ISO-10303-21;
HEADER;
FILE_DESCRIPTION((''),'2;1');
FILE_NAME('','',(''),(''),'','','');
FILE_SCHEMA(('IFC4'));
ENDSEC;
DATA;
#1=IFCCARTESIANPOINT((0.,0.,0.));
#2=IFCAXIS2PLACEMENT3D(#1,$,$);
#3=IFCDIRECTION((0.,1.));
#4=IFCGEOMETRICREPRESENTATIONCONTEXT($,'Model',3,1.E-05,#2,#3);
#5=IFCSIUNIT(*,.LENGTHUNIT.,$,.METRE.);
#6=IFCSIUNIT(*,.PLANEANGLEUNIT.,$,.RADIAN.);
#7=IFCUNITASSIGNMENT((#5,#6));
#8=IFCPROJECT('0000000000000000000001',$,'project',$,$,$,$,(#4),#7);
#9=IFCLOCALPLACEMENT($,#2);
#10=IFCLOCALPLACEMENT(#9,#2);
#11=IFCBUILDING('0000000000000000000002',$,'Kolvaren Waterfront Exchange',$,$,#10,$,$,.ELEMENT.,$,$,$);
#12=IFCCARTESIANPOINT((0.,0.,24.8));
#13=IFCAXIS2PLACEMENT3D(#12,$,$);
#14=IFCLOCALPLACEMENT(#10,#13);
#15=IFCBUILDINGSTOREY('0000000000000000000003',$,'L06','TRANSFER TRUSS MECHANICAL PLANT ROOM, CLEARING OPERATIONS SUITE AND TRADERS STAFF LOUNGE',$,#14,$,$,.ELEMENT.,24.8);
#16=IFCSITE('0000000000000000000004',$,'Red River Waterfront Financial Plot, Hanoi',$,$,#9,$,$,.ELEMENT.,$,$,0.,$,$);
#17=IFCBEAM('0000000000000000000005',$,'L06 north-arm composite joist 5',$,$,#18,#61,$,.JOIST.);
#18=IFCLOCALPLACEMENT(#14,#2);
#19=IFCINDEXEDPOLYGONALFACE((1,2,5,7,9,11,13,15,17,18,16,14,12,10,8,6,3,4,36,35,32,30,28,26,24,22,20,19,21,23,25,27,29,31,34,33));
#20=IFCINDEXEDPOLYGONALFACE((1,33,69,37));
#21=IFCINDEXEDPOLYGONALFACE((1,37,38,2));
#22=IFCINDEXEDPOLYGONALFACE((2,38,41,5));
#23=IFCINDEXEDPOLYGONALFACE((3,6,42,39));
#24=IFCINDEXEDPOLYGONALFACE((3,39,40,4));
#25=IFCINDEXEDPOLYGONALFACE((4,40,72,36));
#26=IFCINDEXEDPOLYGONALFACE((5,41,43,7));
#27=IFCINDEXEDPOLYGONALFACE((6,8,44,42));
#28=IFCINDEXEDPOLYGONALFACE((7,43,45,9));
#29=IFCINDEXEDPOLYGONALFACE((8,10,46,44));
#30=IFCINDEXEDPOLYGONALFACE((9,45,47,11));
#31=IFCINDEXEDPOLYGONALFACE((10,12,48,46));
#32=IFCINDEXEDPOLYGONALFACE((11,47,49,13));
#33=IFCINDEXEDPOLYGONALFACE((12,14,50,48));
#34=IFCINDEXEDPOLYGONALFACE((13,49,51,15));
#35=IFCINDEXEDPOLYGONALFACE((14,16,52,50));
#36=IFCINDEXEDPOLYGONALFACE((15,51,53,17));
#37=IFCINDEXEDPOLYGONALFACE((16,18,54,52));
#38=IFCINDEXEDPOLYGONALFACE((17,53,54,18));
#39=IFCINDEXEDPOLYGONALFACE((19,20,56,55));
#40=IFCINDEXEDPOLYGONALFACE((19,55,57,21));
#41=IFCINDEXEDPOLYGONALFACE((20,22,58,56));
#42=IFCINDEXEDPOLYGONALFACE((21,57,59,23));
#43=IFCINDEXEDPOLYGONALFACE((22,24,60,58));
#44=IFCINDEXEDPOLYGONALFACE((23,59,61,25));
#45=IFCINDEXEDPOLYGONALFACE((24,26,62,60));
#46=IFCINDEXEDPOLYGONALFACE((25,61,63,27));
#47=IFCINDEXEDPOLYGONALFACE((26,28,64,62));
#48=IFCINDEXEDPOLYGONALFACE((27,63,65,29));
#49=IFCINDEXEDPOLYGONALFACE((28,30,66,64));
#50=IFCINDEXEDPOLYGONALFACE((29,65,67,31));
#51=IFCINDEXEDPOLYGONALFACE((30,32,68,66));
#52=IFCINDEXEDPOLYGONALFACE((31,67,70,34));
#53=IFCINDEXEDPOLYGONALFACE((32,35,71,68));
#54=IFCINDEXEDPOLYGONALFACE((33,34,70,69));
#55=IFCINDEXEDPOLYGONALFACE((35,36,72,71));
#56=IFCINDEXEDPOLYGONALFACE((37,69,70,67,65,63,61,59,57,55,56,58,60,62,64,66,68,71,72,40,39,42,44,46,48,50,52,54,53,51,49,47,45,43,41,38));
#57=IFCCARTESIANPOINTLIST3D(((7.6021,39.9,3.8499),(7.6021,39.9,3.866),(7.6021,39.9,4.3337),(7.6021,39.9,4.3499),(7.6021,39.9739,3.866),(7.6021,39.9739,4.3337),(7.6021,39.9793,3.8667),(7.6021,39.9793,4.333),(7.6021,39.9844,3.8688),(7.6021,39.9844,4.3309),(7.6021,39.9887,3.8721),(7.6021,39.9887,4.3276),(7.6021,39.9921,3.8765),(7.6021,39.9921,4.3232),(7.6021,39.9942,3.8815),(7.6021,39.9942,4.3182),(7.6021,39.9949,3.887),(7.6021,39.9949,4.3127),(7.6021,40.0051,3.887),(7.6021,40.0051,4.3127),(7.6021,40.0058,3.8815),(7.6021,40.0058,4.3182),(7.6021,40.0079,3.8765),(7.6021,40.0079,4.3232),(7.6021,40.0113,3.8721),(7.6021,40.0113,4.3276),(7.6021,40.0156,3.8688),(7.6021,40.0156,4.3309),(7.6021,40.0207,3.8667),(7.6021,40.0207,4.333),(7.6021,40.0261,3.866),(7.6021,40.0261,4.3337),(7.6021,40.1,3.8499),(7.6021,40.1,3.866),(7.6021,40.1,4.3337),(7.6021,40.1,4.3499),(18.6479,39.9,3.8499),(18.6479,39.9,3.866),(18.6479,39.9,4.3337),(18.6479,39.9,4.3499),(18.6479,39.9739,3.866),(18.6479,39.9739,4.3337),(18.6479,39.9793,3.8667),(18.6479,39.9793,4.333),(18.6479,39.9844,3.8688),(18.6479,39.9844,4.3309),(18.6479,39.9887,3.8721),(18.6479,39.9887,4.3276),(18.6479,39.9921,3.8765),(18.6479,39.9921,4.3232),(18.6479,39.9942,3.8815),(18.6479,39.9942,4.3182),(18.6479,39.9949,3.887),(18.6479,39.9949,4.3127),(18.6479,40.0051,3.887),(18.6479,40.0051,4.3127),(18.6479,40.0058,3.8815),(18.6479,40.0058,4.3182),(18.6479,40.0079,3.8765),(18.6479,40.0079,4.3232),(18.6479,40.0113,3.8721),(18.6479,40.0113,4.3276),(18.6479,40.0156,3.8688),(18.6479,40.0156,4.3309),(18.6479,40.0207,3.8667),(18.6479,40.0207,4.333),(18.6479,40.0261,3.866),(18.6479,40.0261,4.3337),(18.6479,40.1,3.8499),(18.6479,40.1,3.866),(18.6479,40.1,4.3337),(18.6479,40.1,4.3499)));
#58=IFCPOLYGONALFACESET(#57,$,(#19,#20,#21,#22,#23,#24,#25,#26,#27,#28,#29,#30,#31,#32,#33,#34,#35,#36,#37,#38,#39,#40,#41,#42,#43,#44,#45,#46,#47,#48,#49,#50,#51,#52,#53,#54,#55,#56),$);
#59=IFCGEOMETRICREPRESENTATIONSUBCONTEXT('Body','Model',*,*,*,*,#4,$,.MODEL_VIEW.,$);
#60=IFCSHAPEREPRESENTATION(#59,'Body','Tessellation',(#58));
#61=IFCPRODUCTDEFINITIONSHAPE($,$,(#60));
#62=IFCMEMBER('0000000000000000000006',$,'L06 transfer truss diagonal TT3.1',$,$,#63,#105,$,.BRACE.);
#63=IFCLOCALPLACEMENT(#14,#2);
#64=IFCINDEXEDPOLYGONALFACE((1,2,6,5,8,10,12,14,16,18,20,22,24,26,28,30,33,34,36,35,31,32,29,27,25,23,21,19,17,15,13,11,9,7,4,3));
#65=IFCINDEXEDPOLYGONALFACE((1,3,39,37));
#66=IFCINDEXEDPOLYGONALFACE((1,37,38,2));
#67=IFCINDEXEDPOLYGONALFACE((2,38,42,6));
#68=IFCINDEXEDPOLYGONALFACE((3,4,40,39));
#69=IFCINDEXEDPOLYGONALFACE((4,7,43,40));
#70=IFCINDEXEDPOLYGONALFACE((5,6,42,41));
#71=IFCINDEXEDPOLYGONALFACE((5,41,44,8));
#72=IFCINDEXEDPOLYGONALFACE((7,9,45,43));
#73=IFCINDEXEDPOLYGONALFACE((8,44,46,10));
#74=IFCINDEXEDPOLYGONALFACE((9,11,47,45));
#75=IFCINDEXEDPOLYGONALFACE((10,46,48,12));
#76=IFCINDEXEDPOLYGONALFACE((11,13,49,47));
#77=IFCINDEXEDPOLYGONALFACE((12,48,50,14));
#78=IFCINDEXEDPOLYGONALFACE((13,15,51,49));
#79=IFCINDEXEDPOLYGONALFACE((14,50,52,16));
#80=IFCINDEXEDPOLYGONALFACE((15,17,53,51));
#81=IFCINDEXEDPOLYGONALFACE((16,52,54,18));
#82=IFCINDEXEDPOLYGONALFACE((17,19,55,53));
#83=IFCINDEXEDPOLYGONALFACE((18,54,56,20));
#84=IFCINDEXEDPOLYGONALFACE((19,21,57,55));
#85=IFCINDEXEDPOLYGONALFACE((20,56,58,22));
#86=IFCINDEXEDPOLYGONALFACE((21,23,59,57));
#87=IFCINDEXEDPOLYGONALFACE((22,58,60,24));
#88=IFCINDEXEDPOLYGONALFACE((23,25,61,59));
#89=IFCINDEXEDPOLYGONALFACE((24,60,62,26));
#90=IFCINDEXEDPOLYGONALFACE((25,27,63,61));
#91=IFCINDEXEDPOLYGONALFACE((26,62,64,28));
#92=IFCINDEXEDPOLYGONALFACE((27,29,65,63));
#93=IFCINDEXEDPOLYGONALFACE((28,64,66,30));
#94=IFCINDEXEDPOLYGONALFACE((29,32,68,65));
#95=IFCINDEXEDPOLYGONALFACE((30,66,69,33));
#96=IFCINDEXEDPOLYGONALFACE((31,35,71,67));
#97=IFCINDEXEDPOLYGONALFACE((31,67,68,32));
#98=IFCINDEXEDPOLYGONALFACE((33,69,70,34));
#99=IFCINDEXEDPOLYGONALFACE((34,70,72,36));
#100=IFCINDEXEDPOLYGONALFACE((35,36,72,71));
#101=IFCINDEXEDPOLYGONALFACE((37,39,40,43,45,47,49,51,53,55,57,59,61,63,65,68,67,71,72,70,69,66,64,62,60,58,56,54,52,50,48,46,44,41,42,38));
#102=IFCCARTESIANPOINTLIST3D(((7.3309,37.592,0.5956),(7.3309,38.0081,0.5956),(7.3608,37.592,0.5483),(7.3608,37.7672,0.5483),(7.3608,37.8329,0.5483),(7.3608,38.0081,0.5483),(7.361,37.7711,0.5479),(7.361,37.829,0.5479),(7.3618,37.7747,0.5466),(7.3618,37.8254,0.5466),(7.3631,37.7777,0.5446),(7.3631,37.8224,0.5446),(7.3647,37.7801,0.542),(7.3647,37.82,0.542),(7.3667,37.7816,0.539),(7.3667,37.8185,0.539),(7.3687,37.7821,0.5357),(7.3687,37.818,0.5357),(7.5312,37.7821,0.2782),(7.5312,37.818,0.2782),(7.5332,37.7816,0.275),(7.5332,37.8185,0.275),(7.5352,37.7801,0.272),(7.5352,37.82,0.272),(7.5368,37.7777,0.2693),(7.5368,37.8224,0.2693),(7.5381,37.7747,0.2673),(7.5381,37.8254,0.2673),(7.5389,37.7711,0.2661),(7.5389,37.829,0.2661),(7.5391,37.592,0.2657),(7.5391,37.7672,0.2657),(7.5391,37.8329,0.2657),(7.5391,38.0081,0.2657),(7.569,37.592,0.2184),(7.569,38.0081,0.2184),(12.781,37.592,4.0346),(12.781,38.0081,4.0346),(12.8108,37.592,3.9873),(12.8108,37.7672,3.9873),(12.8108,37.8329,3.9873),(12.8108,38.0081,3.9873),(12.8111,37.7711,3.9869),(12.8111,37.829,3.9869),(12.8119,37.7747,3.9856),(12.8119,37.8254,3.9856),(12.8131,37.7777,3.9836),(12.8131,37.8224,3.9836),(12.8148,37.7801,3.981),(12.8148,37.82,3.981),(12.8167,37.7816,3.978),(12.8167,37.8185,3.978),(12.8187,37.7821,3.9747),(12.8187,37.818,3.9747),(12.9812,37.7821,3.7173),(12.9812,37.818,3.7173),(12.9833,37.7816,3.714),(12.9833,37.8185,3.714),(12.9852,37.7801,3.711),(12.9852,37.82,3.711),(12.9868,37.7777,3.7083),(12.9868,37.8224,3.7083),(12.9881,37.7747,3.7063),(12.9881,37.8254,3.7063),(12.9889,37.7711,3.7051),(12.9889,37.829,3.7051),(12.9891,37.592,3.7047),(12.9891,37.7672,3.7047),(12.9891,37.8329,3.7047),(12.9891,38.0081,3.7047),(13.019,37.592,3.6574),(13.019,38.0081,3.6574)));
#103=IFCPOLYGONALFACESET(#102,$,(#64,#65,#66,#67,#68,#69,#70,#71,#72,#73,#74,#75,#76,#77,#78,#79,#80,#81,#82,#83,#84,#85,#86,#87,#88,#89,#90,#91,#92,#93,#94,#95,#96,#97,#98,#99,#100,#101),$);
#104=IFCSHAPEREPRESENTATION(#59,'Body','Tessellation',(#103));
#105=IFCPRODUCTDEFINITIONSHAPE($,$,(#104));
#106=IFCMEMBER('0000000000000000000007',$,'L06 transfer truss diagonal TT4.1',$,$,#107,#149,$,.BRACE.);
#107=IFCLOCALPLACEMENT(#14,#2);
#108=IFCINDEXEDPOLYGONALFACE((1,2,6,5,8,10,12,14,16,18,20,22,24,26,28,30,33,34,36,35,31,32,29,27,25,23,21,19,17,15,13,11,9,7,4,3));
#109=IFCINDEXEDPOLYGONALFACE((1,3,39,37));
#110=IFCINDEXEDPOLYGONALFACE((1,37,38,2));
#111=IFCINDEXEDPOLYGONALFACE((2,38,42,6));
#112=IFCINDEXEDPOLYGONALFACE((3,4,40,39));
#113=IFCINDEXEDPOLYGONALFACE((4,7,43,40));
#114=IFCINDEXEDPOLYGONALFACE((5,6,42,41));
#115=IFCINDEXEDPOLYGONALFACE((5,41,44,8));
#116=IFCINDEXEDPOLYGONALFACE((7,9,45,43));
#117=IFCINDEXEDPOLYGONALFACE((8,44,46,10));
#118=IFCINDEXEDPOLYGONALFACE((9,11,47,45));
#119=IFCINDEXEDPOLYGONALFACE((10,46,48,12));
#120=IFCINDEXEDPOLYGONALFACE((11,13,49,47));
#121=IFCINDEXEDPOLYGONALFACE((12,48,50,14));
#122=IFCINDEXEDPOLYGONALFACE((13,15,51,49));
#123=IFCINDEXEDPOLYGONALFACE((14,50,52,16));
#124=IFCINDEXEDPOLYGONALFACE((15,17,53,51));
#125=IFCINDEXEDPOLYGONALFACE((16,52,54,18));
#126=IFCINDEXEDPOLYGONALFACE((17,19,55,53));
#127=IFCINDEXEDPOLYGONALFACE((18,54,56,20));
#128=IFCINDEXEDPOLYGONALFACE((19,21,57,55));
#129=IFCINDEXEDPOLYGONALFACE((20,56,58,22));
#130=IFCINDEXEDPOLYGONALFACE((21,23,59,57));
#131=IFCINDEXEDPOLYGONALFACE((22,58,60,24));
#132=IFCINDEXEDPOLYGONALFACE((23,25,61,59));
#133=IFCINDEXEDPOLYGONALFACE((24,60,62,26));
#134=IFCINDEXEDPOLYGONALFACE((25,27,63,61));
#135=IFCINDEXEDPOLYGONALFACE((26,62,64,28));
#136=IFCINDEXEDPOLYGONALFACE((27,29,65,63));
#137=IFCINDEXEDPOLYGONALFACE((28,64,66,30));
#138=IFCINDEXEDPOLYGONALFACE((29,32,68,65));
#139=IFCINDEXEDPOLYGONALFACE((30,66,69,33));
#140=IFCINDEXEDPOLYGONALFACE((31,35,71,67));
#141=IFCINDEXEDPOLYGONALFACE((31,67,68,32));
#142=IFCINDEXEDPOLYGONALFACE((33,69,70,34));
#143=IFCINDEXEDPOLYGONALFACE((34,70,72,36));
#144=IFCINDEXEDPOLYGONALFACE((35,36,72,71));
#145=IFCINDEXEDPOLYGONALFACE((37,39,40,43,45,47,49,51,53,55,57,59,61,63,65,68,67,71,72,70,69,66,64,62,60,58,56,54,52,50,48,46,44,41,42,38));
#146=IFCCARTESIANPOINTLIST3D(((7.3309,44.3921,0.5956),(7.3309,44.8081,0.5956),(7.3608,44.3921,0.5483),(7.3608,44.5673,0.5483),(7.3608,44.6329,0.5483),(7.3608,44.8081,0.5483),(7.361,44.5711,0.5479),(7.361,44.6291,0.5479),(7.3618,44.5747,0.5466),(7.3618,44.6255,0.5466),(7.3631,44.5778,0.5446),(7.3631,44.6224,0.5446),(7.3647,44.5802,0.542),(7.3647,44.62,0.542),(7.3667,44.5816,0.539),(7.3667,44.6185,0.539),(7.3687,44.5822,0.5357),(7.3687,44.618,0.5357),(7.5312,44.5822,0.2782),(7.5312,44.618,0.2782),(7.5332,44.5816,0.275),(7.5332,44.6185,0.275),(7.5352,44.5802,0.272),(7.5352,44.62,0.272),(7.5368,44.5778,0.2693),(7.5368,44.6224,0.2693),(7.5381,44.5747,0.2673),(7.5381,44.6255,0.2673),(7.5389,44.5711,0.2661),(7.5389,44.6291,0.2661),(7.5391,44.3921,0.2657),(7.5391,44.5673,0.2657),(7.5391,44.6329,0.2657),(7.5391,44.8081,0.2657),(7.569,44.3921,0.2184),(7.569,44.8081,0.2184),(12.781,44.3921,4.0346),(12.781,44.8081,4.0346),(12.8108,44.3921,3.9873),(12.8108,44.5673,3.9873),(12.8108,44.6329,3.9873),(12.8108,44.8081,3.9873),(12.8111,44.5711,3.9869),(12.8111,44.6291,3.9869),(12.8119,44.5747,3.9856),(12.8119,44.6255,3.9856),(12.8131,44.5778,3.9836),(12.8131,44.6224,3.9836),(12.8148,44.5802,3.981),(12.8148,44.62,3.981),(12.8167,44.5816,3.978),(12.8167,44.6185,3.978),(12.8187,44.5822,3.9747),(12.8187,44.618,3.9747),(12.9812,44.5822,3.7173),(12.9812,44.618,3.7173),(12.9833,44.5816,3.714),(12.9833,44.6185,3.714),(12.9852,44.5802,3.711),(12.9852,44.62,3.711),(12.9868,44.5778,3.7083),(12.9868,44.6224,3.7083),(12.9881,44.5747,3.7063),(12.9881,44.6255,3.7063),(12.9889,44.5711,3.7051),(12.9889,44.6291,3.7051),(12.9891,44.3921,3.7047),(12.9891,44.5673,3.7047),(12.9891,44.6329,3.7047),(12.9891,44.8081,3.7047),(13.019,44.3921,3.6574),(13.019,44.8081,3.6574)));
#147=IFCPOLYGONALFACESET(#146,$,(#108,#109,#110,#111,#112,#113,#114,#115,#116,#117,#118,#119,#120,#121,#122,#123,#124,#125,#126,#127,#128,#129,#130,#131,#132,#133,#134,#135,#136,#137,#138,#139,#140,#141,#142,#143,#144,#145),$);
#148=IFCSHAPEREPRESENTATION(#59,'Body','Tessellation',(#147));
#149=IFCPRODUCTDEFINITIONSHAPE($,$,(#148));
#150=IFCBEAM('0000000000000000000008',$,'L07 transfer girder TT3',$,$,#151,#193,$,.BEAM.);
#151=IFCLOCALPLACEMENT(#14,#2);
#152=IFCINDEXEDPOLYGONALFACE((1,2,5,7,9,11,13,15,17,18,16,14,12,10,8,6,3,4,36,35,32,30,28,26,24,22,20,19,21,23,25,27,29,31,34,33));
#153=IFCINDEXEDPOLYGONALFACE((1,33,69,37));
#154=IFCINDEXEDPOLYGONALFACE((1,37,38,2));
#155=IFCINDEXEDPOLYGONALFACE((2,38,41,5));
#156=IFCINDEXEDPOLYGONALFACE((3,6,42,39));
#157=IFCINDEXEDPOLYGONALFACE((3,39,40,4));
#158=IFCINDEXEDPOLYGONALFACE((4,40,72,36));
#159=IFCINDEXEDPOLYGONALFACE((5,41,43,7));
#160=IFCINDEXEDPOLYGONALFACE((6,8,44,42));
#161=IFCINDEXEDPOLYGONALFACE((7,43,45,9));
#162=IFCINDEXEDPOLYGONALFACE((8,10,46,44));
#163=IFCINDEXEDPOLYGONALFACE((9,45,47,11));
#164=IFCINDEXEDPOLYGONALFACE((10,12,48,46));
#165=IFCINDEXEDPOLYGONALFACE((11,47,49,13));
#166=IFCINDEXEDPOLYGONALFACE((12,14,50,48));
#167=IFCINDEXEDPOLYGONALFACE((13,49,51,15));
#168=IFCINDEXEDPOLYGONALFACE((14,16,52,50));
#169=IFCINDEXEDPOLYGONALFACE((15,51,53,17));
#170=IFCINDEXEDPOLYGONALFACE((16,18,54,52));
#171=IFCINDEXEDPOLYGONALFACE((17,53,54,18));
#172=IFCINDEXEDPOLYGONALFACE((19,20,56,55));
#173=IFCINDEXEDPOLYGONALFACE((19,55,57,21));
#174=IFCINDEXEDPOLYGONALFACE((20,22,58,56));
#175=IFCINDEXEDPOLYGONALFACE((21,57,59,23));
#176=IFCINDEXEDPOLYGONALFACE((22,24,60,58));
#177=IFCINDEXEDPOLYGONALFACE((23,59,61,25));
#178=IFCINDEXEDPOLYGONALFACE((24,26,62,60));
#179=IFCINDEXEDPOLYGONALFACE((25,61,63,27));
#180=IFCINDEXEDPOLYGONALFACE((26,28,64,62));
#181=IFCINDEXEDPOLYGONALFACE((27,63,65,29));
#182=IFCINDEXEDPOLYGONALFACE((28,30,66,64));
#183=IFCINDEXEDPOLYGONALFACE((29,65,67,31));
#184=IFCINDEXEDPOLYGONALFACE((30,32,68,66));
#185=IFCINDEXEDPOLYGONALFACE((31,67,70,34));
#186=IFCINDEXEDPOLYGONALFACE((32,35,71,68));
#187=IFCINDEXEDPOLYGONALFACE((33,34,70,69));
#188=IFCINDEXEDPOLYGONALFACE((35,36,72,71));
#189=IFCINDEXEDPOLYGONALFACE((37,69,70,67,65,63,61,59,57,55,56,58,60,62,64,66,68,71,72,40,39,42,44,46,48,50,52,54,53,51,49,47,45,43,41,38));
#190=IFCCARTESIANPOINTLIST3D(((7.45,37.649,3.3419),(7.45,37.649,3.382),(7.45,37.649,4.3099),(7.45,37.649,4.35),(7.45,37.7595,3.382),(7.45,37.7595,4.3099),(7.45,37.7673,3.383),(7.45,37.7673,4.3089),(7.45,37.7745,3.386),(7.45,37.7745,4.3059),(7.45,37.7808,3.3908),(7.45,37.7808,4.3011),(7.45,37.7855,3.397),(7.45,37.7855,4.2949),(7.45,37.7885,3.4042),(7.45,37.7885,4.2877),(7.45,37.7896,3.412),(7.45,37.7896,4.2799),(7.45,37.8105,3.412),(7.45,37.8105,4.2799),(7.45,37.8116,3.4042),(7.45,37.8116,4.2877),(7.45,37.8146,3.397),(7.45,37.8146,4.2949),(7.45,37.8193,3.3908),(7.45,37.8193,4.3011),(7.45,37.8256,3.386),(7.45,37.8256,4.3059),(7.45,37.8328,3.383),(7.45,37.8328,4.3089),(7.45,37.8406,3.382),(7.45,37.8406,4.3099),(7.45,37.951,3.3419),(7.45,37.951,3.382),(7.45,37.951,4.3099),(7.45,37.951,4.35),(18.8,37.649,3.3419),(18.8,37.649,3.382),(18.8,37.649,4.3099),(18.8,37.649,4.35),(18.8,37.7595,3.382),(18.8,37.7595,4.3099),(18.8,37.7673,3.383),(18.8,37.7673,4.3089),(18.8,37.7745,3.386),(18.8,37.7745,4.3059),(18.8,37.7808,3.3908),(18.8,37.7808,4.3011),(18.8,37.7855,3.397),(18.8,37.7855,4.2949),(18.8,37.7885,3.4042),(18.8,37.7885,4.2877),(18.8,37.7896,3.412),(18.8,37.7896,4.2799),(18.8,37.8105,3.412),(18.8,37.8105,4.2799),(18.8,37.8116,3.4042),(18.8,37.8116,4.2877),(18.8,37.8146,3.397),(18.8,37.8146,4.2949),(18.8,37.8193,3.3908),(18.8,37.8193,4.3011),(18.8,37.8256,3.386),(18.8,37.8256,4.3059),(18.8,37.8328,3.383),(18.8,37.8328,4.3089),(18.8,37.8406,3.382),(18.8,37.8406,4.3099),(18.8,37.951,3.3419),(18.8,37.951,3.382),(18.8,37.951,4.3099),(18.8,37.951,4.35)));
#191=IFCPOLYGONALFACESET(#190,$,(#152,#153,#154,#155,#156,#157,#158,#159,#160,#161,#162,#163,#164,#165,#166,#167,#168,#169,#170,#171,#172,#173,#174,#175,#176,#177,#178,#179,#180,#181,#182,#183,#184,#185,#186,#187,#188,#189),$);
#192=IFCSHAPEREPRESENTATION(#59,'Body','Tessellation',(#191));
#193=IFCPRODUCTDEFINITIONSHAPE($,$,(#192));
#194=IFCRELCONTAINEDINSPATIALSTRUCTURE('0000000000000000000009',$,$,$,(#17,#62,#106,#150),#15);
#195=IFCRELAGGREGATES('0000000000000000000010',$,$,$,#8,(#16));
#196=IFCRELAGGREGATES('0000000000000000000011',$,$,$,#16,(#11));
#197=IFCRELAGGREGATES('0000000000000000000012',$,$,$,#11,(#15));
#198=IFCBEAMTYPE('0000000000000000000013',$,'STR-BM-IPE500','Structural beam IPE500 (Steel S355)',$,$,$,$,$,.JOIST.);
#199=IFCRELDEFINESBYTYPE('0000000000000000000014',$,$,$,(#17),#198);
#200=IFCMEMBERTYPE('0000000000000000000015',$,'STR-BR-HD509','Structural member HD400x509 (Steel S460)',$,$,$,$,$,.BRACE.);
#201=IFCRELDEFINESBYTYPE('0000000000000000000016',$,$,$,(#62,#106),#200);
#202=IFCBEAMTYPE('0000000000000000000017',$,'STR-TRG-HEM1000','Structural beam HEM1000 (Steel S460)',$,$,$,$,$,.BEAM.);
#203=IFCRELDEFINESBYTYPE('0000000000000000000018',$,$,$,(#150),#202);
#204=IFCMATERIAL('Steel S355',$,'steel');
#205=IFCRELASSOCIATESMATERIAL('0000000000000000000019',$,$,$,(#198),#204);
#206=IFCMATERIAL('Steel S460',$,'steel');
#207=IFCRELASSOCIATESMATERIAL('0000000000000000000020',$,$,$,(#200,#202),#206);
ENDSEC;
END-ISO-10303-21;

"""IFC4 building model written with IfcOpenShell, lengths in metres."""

from ifc_helpers import new_model, si_unit, direction, frame, origin, origin_2d, place, context, subcontext, project, spatial, i_section, extrude, material, material_profile, profile_set, type_object, element, save


model = new_model("IFC4")

# Units and contexts
model_context = context("Model", 3, precision=1e-05, world=origin(), true_north=direction((0.0, 1.0)))
body_context = subcontext(model_context, "Body", "Model", "MODEL_VIEW")
ifc_project = project(units=[si_unit("LENGTHUNIT", "METRE"), si_unit("PLANEANGLEUNIT", "RADIAN")], contexts=[model_context])

# Site, building, storey
site_placement = place(None, origin())
site = spatial("IfcSite", under=ifc_project, at=site_placement, Name="Red River Waterfront Financial Plot, Hanoi", CompositionType="ELEMENT", RefElevation=0.0)
building_placement = place(site_placement, origin())
building = spatial("IfcBuilding", under=site, at=building_placement, Name="Kolvaren Waterfront Exchange", CompositionType="ELEMENT")
storey_placement = place(building_placement, frame((0.0, 0.0, 24.8)))
storey = spatial("IfcBuildingStorey", under=building, at=storey_placement, Name="L06", Description="TRANSFER TRUSS MECHANICAL PLANT ROOM, CLEARING OPERATIONS SUITE AND TRADERS STAFF LOUNGE", CompositionType="ELEMENT", Elevation=24.8)

# Beam
ifc_material_1 = material(Name="Steel S355", Category="steel")
ifc_material_profile_1 = material_profile(ifc_material_1, i_section(OverallWidth=0.2, OverallDepth=0.5, WebThickness=0.0103, FlangeThickness=0.0161, FilletRadius=0.021, at=origin_2d()), Name="IPE500")
ifc_profile_set_1 = profile_set([ifc_material_profile_1], Name="Steel S355")
beam_type_1 = type_object("IfcBeamType", Name="STR-BM-IPE500", Description="Structural beam IPE500 (Steel S355)", PredefinedType="JOIST", material=ifc_profile_set_1)
for number, where, z_axis, x_axis, name in (
    (1, (7.6021, 40.0, 4.0999), (1.0, 0.0, 0.0), (0.0, 1.0, 0.0), "L06 north-arm composite joist 5"),
):
    element("IfcBeam", number, at=place(storey_placement, frame(where, z_axis=z_axis, x_axis=x_axis)), inside=storey, type_object=beam_type_1, Name=name, PredefinedType="JOIST", context=body_context, shape_type="SweptSolid", body=[
        extrude(i_section(OverallWidth=0.2, OverallDepth=0.5, WebThickness=0.0103, FlangeThickness=0.0161, FilletRadius=0.021, at=origin_2d()), origin(), (0.0, 0.0, 1.0), 11.0459),
    ])

# Members
ifc_material_2 = material(Name="Steel S460", Category="steel")
ifc_material_profile_2 = material_profile(ifc_material_2, i_section(OverallWidth=0.416, OverallDepth=0.446, WebThickness=0.0359, FlangeThickness=0.0559, FilletRadius=0.0149, at=origin_2d()), Name="HD400x509")
ifc_profile_set_2 = profile_set([ifc_material_profile_2], Name="Steel S460")
member_type_1 = type_object("IfcMemberType", Name="STR-BR-HD509", Description="Structural member HD400x509 (Steel S460)", PredefinedType="BRACE", material=ifc_profile_set_2)
for number, where, z_axis, x_axis, name in (
    (2, (7.45, 37.8, 0.407), (0.845707, 0.0, 0.533648), (0.0, 1.0, 0.0), "L06 transfer truss diagonal TT3.1"),
    (3, (7.45, 44.6001, 0.407), (0.845707, 0.0, 0.533648), (0.0, 1.0, 0.0), "L06 transfer truss diagonal TT4.1"),
):
    element("IfcMember", number, at=place(storey_placement, frame(where, z_axis=z_axis, x_axis=x_axis)), inside=storey, type_object=member_type_1, Name=name, PredefinedType="BRACE", context=body_context, shape_type="SweptSolid", body=[
        extrude(i_section(OverallWidth=0.416, OverallDepth=0.446, WebThickness=0.0359, FlangeThickness=0.0559, FilletRadius=0.0149, at=origin_2d()), origin(), (0.0, 0.0, 1.0), 6.4443),
    ])

# Beam
ifc_material_profile_3 = material_profile(ifc_material_2, i_section(OverallWidth=0.302, OverallDepth=1.0081, WebThickness=0.021, FlangeThickness=0.04, FilletRadius=0.03, at=origin_2d()), Name="HEM1000")
ifc_profile_set_3 = profile_set([ifc_material_profile_3], Name="Steel S460")
beam_type_2 = type_object("IfcBeamType", Name="STR-TRG-HEM1000", Description="Structural beam HEM1000 (Steel S460)", PredefinedType="BEAM", material=ifc_profile_set_3)
for number, where, z_axis, x_axis, name in (
    (4, (7.45, 37.8, 3.8459), (1.0, 0.0, 0.0), (0.0, 1.0, 0.0), "L07 transfer girder TT3"),
):
    element("IfcBeam", number, at=place(storey_placement, frame(where, z_axis=z_axis, x_axis=x_axis)), inside=storey, type_object=beam_type_2, Name=name, PredefinedType="BEAM", context=body_context, shape_type="SweptSolid", body=[
        extrude(i_section(OverallWidth=0.302, OverallDepth=1.0081, WebThickness=0.021, FlangeThickness=0.04, FilletRadius=0.03, at=origin_2d()), origin(), (0.0, 0.0, 1.0), 11.3501),
    ])

save(model, "model.ifc")
